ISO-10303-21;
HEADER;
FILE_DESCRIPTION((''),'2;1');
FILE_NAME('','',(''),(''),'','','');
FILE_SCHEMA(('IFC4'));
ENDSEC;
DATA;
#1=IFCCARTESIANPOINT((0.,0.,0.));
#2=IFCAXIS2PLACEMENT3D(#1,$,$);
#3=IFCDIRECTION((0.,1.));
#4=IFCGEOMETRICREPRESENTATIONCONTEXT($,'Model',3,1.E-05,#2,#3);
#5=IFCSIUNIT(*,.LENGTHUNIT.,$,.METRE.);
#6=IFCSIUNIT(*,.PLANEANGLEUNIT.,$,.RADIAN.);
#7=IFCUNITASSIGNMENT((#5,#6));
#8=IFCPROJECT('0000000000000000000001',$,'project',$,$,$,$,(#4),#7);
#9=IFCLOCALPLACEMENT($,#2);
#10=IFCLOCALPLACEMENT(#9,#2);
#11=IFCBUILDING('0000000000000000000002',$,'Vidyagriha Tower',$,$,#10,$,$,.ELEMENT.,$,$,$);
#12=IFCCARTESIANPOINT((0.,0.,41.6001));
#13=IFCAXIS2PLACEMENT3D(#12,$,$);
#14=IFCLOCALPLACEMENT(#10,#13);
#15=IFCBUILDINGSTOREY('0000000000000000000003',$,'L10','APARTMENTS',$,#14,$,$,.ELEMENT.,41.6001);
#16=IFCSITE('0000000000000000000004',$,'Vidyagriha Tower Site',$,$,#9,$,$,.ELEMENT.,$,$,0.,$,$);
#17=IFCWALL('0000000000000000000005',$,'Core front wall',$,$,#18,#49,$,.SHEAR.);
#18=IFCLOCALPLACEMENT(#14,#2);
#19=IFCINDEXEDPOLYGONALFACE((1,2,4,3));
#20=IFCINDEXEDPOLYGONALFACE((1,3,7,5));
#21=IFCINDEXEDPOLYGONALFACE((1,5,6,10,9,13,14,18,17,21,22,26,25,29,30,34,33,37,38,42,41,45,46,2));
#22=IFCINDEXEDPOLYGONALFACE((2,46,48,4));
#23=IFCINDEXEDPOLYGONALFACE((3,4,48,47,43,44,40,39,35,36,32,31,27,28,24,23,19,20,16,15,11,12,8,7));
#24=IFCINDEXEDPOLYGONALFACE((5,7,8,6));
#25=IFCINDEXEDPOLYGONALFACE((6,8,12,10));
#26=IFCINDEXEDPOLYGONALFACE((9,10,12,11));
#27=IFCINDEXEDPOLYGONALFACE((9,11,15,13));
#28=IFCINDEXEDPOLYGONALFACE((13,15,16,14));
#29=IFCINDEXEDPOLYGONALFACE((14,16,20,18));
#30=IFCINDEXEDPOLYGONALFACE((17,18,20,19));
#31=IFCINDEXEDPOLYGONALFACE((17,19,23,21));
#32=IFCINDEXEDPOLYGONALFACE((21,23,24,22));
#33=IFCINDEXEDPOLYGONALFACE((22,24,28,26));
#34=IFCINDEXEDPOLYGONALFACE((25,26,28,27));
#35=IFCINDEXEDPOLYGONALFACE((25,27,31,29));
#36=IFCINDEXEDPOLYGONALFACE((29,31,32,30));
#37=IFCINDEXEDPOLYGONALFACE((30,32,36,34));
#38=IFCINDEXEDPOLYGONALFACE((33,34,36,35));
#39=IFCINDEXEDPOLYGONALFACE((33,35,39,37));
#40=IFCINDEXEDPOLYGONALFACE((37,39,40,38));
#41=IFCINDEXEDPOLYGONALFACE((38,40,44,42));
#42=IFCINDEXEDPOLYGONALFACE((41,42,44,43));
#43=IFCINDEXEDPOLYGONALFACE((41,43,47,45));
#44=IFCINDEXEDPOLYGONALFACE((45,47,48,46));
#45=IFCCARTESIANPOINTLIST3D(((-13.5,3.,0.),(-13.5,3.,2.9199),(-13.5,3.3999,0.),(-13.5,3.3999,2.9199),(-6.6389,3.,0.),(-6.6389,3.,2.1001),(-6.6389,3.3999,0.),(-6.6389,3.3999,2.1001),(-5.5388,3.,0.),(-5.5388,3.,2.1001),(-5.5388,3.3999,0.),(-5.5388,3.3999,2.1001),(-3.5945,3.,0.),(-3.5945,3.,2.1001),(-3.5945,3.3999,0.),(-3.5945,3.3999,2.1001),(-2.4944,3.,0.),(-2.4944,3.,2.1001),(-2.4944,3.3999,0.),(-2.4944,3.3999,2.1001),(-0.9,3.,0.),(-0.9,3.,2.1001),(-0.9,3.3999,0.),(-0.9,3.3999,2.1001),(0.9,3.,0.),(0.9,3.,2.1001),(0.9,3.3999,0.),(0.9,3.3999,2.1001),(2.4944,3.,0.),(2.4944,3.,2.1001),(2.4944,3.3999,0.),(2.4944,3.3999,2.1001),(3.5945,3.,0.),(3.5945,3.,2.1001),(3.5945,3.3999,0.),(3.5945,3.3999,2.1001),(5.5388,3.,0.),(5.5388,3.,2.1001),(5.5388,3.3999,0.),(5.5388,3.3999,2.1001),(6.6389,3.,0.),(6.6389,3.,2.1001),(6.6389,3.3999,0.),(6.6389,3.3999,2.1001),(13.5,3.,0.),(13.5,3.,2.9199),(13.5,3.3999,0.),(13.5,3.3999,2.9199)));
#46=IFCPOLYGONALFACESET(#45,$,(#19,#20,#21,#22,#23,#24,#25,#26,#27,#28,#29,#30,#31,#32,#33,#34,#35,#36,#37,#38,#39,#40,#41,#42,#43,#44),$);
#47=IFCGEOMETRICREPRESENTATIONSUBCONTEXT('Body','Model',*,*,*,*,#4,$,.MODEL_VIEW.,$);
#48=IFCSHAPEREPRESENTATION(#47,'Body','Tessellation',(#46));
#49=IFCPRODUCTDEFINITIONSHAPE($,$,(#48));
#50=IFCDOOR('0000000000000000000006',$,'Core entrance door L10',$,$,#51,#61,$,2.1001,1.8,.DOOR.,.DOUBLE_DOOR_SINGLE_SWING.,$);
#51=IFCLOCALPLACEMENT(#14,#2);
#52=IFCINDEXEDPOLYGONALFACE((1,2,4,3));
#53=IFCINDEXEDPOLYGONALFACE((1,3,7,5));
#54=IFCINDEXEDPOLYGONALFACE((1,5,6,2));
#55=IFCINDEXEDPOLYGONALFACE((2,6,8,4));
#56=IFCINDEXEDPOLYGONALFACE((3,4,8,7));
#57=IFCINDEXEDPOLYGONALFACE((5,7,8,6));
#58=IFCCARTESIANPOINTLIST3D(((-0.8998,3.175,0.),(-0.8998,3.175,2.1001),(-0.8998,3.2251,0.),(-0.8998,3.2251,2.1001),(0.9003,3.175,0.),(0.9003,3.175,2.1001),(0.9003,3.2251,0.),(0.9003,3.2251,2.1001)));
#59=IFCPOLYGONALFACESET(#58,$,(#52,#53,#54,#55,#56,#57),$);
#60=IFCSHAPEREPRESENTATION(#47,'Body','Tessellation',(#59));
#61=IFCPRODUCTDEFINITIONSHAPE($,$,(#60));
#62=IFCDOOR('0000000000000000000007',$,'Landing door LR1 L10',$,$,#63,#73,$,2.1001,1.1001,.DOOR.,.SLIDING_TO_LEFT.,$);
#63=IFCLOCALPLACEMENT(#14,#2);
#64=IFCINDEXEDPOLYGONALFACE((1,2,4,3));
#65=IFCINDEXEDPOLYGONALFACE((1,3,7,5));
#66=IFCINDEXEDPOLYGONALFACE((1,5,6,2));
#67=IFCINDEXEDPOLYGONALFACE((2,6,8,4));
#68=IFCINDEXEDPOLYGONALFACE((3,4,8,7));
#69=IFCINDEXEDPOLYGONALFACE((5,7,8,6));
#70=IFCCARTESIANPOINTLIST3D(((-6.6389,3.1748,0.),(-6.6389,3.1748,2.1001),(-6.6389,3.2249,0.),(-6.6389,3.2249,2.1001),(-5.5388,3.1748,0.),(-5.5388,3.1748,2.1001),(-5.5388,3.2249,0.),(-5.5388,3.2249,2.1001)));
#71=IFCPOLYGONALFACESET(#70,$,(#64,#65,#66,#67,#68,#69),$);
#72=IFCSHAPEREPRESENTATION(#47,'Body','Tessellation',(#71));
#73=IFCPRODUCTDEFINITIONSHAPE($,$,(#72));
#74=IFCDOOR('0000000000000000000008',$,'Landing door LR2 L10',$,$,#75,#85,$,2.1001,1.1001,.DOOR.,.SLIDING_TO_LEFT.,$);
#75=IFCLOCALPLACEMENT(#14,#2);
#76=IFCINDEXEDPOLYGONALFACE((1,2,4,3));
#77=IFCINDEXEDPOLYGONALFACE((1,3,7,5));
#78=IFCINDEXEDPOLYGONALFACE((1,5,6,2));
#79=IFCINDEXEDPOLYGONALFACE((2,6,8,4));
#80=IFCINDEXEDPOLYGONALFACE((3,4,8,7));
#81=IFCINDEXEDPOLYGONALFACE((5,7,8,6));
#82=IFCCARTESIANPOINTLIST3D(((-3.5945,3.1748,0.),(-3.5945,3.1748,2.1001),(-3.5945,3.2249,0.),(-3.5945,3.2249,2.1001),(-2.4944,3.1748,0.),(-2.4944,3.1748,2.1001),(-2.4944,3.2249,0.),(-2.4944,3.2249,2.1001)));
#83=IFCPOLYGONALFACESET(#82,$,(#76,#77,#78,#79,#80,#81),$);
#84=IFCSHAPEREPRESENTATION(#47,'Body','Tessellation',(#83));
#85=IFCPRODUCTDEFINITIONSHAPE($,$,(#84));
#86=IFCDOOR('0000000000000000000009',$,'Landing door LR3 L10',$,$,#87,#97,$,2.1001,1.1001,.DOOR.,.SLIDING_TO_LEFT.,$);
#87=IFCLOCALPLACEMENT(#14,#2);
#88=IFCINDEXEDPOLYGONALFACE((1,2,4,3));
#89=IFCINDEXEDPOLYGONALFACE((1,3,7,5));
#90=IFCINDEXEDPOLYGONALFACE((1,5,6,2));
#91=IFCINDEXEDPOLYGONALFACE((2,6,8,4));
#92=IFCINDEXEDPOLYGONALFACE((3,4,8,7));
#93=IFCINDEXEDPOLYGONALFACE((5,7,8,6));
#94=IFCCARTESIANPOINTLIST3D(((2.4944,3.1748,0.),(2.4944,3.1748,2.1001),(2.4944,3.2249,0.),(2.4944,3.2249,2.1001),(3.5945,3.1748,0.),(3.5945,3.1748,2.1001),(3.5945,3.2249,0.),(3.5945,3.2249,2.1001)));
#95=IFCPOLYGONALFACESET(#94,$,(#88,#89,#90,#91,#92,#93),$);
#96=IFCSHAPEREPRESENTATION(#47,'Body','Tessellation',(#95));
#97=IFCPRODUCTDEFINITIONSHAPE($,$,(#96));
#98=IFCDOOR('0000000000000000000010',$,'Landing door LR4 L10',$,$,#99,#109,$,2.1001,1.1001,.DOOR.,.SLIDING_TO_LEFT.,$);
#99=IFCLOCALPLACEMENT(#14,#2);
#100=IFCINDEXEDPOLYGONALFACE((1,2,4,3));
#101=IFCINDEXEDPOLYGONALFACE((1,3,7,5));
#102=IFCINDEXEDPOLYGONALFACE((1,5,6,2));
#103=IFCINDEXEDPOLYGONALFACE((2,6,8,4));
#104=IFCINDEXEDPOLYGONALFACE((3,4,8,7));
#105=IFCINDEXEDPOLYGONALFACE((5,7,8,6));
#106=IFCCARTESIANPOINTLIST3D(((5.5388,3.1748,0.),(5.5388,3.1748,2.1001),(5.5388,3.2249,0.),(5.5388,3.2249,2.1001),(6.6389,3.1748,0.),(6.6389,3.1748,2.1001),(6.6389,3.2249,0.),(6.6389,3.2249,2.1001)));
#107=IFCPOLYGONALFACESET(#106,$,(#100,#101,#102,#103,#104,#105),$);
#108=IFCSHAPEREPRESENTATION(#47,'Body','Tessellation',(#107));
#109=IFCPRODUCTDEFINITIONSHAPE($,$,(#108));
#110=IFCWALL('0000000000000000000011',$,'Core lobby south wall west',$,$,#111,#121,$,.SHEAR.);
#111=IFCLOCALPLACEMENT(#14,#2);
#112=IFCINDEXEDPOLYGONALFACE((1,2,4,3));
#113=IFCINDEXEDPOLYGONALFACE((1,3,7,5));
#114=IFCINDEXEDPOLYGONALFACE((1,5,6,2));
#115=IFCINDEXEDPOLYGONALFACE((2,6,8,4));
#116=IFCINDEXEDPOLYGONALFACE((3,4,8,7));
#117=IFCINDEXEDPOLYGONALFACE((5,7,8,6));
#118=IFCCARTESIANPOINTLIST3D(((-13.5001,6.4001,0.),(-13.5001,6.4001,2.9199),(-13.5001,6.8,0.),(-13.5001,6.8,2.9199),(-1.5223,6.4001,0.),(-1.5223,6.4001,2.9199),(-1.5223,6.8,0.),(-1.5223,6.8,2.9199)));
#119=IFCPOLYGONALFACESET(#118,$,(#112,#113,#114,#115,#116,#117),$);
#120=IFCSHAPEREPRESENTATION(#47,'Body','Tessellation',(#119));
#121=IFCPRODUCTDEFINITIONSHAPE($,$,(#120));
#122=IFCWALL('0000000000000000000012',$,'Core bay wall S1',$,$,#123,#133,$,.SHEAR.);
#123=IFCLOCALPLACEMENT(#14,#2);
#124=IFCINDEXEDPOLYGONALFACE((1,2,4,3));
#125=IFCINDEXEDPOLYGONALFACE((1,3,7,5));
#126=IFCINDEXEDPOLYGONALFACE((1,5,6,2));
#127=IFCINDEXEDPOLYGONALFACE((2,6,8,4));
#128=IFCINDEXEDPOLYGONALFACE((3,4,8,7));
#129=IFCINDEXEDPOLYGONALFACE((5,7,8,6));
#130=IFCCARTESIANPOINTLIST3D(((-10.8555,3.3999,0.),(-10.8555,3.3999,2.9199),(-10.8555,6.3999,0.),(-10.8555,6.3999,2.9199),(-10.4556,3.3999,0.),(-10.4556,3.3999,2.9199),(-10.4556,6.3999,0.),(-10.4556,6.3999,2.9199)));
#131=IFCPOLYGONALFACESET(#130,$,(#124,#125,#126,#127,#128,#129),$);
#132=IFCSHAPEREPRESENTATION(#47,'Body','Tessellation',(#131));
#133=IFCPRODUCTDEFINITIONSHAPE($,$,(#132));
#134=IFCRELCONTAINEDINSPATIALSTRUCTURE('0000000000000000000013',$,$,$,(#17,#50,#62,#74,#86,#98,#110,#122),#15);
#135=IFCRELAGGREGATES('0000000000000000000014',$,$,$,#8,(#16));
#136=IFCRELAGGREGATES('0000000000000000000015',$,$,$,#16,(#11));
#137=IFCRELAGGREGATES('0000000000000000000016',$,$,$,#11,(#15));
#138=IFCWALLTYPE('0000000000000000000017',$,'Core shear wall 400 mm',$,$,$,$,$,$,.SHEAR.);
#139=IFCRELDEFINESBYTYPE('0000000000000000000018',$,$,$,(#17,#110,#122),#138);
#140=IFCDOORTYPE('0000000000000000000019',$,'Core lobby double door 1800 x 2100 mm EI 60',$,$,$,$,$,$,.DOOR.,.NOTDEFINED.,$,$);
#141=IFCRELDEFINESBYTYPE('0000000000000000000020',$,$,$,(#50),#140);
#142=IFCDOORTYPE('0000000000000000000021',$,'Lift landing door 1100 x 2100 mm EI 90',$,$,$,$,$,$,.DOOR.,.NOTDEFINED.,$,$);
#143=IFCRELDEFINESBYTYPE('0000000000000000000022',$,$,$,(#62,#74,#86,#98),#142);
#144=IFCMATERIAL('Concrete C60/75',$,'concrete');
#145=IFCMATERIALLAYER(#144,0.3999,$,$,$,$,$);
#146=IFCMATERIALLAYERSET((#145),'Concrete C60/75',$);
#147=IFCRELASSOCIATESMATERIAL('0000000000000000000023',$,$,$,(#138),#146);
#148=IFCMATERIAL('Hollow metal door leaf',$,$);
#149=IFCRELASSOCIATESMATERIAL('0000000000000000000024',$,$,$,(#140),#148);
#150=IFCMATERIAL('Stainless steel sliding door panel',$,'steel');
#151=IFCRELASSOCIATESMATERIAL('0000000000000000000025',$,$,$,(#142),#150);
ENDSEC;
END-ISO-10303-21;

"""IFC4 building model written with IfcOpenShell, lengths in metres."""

from ifc_helpers import new_model, si_unit, direction, frame, frame_2d, origin, place, context, subcontext, project, spatial, rectangle, extrude, material, layer, layer_set, type_object, element, fill, save


model = new_model("IFC4")

# Units and contexts
model_context = context("Model", 3, precision=1e-05, world=origin(), true_north=direction((0.0, 1.0)))
body_context = subcontext(model_context, "Body", "Model", "MODEL_VIEW")
ifc_project = project(units=[si_unit("LENGTHUNIT", "METRE"), si_unit("PLANEANGLEUNIT", "RADIAN")], contexts=[model_context])

# Site, building, storey
site_placement = place(None, origin())
site = spatial("IfcSite", under=ifc_project, at=site_placement, Name="Vidyagriha Tower Site", CompositionType="ELEMENT", RefElevation=0.0)
building_placement = place(site_placement, origin())
building = spatial("IfcBuilding", under=site, at=building_placement, Name="Vidyagriha Tower", CompositionType="ELEMENT")
storey_placement = place(building_placement, frame((0.0, 0.0, 41.6001)))
storey = spatial("IfcBuildingStorey", under=building, at=storey_placement, Name="L10", Description="APARTMENTS", CompositionType="ELEMENT", Elevation=41.6001)

# Wall, openings, doors
ifc_material_1 = material(Name="Concrete C60/75", Category="concrete")
ifc_layer_1 = layer(ifc_material_1, 0.3999)
ifc_layer_set_1 = layer_set([ifc_layer_1], Name="Concrete C60/75")
wall_type_1 = type_object("IfcWallType", Name="Core shear wall 400 mm", PredefinedType="SHEAR", material=ifc_layer_set_1)
wall_1_placement = place(storey_placement, frame((-13.5, 3.2, 0.0)))
wall_1 = element("IfcWall", 1, at=wall_1_placement, inside=storey, type_object=wall_type_1, Name="Core front wall", PredefinedType="SHEAR", context=body_context, shape_type="SweptSolid", body=[
    extrude(rectangle(XDim=27.0, YDim=0.3999, at=frame_2d((13.5, 0.0))), origin(), (0.0, 0.0, 1.0), 2.9199),
])
opening_1_placement = place(wall_1_placement, frame((6.8611, 0.0, 0.0)))
opening_1 = element("IfcOpeningElement", 2, at=opening_1_placement, cuts=wall_1, PredefinedType="OPENING", context=body_context, shape_type="SweptSolid", body=[
    extrude(rectangle(XDim=1.1001, YDim=2.1001, at=frame_2d((0.55, 1.05))), frame((0.0, 0.21, 0.0), z_axis=(0.0, -1.0, 0.0), x_axis=(1.0, 0.0, 0.0)), (0.0, 0.0, 1.0), 0.4199),
])
opening_2_placement = place(wall_1_placement, frame((9.9055, 0.0, 0.0)))
opening_2 = element("IfcOpeningElement", 3, at=opening_2_placement, cuts=wall_1, PredefinedType="OPENING", context=body_context, shape_type="SweptSolid", body=[
    extrude(rectangle(XDim=1.1001, YDim=2.1001, at=frame_2d((0.55, 1.05))), frame((0.0, 0.21, 0.0), z_axis=(0.0, -1.0, 0.0), x_axis=(1.0, 0.0, 0.0)), (0.0, 0.0, 1.0), 0.4199),
])
opening_3_placement = place(wall_1_placement, frame((15.9944, 0.0, 0.0)))
opening_3 = element("IfcOpeningElement", 4, at=opening_3_placement, cuts=wall_1, PredefinedType="OPENING", context=body_context, shape_type="SweptSolid", body=[
    extrude(rectangle(XDim=1.1001, YDim=2.1001, at=frame_2d((0.55, 1.05))), frame((0.0, 0.21, 0.0), z_axis=(0.0, -1.0, 0.0), x_axis=(1.0, 0.0, 0.0)), (0.0, 0.0, 1.0), 0.4199),
])
opening_4_placement = place(wall_1_placement, frame((19.0388, 0.0, 0.0)))
opening_4 = element("IfcOpeningElement", 5, at=opening_4_placement, cuts=wall_1, PredefinedType="OPENING", context=body_context, shape_type="SweptSolid", body=[
    extrude(rectangle(XDim=1.1001, YDim=2.1001, at=frame_2d((0.55, 1.05))), frame((0.0, 0.21, 0.0), z_axis=(0.0, -1.0, 0.0), x_axis=(1.0, 0.0, 0.0)), (0.0, 0.0, 1.0), 0.4199),
])
opening_5_placement = place(wall_1_placement, frame((12.6001, 0.0, 0.0)))
opening_5 = element("IfcOpeningElement", 6, at=opening_5_placement, cuts=wall_1, PredefinedType="OPENING", context=body_context, shape_type="SweptSolid", body=[
    extrude(rectangle(XDim=1.8, YDim=2.1001, at=frame_2d((0.8999, 1.05))), frame((0.0, 0.21, 0.0), z_axis=(0.0, -1.0, 0.0), x_axis=(1.0, 0.0, 0.0)), (0.0, 0.0, 1.0), 0.4199),
])
ifc_material_2 = material(Name="Hollow metal door leaf")
door_type_1 = type_object("IfcDoorType", Name="Core lobby double door 1800 x 2100 mm EI 60", OperationType="NOTDEFINED", PredefinedType="DOOR", material=ifc_material_2)
door_1_placement = place(opening_5_placement, frame((1.8, 0.0, 0.0), z_axis=(0.0, 0.0, 1.0), x_axis=(-1.0, 0.0, 0.0)))
door_1 = element("IfcDoor", 7, at=door_1_placement, inside=storey, type_object=door_type_1, Name="Core entrance door L10", OperationType="DOUBLE_DOOR_SINGLE_SWING", OverallHeight=2.1001, OverallWidth=1.8, PredefinedType="DOOR", context=body_context, shape_type="SweptSolid", body=[
    extrude(rectangle(XDim=1.8, YDim=2.1001, at=frame_2d((0.8999, 1.05))), frame((0.0, 0.0249, 0.0), z_axis=(0.0, -1.0, 0.0), x_axis=(1.0, 0.0, 0.0)), (0.0, 0.0, 1.0), 0.05),
])
fill(opening_5, door_1)
ifc_material_3 = material(Name="Stainless steel sliding door panel", Category="steel")
door_type_2 = type_object("IfcDoorType", Name="Lift landing door 1100 x 2100 mm EI 90", OperationType="NOTDEFINED", PredefinedType="DOOR", material=ifc_material_3)
door_2_placement = place(opening_1_placement, origin())
door_2 = element("IfcDoor", 8, at=door_2_placement, inside=storey, type_object=door_type_2, Name="Landing door LR1 L10", OperationType="SLIDING_TO_LEFT", OverallHeight=2.1001, OverallWidth=1.1001, PredefinedType="DOOR", context=body_context, shape_type="SweptSolid", body=[
    extrude(rectangle(XDim=1.1001, YDim=2.1001, at=frame_2d((0.55, 1.05))), frame((0.0, 0.0249, 0.0), z_axis=(0.0, -1.0, 0.0), x_axis=(1.0, 0.0, 0.0)), (0.0, 0.0, 1.0), 0.05),
])
fill(opening_1, door_2)
door_3_placement = place(opening_2_placement, origin())
door_3 = element("IfcDoor", 9, at=door_3_placement, inside=storey, type_object=door_type_2, Name="Landing door LR2 L10", OperationType="SLIDING_TO_LEFT", OverallHeight=2.1001, OverallWidth=1.1001, PredefinedType="DOOR", context=body_context, shape_type="SweptSolid", body=[
    extrude(rectangle(XDim=1.1001, YDim=2.1001, at=frame_2d((0.55, 1.05))), frame((0.0, 0.0249, 0.0), z_axis=(0.0, -1.0, 0.0), x_axis=(1.0, 0.0, 0.0)), (0.0, 0.0, 1.0), 0.05),
])
fill(opening_2, door_3)
door_4_placement = place(opening_3_placement, origin())
door_4 = element("IfcDoor", 10, at=door_4_placement, inside=storey, type_object=door_type_2, Name="Landing door LR3 L10", OperationType="SLIDING_TO_LEFT", OverallHeight=2.1001, OverallWidth=1.1001, PredefinedType="DOOR", context=body_context, shape_type="SweptSolid", body=[
    extrude(rectangle(XDim=1.1001, YDim=2.1001, at=frame_2d((0.55, 1.05))), frame((0.0, 0.0249, 0.0), z_axis=(0.0, -1.0, 0.0), x_axis=(1.0, 0.0, 0.0)), (0.0, 0.0, 1.0), 0.05),
])
fill(opening_3, door_4)
door_5_placement = place(opening_4_placement, origin())
door_5 = element("IfcDoor", 11, at=door_5_placement, inside=storey, type_object=door_type_2, Name="Landing door LR4 L10", OperationType="SLIDING_TO_LEFT", OverallHeight=2.1001, OverallWidth=1.1001, PredefinedType="DOOR", context=body_context, shape_type="SweptSolid", body=[
    extrude(rectangle(XDim=1.1001, YDim=2.1001, at=frame_2d((0.55, 1.05))), frame((0.0, 0.0249, 0.0), z_axis=(0.0, -1.0, 0.0), x_axis=(1.0, 0.0, 0.0)), (0.0, 0.0, 1.0), 0.05),
])
fill(opening_4, door_5)

# Walls
wall_2_placement = place(storey_placement, frame((-13.5, 6.6001, 0.0)))
element("IfcWall", 12, at=wall_2_placement, inside=storey, type_object=wall_type_1, Name="Core lobby south wall west", PredefinedType="SHEAR", context=body_context, shape_type="SweptSolid", body=[
    extrude(rectangle(XDim=11.9778, YDim=0.3999, at=frame_2d((5.9888, 0.0))), origin(), (0.0, 0.0, 1.0), 2.9199),
])
wall_3_placement = place(storey_placement, frame((-10.6555, 3.3999, 0.0), z_axis=(0.0, 0.0, 1.0), x_axis=(0.0, 1.0, 0.0)))
element("IfcWall", 13, at=wall_3_placement, inside=storey, type_object=wall_type_1, Name="Core bay wall S1", PredefinedType="SHEAR", context=body_context, shape_type="SweptSolid", body=[
    extrude(rectangle(XDim=3.0, YDim=0.3999, at=frame_2d((1.5, 0.0))), origin(), (0.0, 0.0, 1.0), 2.9199),
])

save(model, "model.ifc")
